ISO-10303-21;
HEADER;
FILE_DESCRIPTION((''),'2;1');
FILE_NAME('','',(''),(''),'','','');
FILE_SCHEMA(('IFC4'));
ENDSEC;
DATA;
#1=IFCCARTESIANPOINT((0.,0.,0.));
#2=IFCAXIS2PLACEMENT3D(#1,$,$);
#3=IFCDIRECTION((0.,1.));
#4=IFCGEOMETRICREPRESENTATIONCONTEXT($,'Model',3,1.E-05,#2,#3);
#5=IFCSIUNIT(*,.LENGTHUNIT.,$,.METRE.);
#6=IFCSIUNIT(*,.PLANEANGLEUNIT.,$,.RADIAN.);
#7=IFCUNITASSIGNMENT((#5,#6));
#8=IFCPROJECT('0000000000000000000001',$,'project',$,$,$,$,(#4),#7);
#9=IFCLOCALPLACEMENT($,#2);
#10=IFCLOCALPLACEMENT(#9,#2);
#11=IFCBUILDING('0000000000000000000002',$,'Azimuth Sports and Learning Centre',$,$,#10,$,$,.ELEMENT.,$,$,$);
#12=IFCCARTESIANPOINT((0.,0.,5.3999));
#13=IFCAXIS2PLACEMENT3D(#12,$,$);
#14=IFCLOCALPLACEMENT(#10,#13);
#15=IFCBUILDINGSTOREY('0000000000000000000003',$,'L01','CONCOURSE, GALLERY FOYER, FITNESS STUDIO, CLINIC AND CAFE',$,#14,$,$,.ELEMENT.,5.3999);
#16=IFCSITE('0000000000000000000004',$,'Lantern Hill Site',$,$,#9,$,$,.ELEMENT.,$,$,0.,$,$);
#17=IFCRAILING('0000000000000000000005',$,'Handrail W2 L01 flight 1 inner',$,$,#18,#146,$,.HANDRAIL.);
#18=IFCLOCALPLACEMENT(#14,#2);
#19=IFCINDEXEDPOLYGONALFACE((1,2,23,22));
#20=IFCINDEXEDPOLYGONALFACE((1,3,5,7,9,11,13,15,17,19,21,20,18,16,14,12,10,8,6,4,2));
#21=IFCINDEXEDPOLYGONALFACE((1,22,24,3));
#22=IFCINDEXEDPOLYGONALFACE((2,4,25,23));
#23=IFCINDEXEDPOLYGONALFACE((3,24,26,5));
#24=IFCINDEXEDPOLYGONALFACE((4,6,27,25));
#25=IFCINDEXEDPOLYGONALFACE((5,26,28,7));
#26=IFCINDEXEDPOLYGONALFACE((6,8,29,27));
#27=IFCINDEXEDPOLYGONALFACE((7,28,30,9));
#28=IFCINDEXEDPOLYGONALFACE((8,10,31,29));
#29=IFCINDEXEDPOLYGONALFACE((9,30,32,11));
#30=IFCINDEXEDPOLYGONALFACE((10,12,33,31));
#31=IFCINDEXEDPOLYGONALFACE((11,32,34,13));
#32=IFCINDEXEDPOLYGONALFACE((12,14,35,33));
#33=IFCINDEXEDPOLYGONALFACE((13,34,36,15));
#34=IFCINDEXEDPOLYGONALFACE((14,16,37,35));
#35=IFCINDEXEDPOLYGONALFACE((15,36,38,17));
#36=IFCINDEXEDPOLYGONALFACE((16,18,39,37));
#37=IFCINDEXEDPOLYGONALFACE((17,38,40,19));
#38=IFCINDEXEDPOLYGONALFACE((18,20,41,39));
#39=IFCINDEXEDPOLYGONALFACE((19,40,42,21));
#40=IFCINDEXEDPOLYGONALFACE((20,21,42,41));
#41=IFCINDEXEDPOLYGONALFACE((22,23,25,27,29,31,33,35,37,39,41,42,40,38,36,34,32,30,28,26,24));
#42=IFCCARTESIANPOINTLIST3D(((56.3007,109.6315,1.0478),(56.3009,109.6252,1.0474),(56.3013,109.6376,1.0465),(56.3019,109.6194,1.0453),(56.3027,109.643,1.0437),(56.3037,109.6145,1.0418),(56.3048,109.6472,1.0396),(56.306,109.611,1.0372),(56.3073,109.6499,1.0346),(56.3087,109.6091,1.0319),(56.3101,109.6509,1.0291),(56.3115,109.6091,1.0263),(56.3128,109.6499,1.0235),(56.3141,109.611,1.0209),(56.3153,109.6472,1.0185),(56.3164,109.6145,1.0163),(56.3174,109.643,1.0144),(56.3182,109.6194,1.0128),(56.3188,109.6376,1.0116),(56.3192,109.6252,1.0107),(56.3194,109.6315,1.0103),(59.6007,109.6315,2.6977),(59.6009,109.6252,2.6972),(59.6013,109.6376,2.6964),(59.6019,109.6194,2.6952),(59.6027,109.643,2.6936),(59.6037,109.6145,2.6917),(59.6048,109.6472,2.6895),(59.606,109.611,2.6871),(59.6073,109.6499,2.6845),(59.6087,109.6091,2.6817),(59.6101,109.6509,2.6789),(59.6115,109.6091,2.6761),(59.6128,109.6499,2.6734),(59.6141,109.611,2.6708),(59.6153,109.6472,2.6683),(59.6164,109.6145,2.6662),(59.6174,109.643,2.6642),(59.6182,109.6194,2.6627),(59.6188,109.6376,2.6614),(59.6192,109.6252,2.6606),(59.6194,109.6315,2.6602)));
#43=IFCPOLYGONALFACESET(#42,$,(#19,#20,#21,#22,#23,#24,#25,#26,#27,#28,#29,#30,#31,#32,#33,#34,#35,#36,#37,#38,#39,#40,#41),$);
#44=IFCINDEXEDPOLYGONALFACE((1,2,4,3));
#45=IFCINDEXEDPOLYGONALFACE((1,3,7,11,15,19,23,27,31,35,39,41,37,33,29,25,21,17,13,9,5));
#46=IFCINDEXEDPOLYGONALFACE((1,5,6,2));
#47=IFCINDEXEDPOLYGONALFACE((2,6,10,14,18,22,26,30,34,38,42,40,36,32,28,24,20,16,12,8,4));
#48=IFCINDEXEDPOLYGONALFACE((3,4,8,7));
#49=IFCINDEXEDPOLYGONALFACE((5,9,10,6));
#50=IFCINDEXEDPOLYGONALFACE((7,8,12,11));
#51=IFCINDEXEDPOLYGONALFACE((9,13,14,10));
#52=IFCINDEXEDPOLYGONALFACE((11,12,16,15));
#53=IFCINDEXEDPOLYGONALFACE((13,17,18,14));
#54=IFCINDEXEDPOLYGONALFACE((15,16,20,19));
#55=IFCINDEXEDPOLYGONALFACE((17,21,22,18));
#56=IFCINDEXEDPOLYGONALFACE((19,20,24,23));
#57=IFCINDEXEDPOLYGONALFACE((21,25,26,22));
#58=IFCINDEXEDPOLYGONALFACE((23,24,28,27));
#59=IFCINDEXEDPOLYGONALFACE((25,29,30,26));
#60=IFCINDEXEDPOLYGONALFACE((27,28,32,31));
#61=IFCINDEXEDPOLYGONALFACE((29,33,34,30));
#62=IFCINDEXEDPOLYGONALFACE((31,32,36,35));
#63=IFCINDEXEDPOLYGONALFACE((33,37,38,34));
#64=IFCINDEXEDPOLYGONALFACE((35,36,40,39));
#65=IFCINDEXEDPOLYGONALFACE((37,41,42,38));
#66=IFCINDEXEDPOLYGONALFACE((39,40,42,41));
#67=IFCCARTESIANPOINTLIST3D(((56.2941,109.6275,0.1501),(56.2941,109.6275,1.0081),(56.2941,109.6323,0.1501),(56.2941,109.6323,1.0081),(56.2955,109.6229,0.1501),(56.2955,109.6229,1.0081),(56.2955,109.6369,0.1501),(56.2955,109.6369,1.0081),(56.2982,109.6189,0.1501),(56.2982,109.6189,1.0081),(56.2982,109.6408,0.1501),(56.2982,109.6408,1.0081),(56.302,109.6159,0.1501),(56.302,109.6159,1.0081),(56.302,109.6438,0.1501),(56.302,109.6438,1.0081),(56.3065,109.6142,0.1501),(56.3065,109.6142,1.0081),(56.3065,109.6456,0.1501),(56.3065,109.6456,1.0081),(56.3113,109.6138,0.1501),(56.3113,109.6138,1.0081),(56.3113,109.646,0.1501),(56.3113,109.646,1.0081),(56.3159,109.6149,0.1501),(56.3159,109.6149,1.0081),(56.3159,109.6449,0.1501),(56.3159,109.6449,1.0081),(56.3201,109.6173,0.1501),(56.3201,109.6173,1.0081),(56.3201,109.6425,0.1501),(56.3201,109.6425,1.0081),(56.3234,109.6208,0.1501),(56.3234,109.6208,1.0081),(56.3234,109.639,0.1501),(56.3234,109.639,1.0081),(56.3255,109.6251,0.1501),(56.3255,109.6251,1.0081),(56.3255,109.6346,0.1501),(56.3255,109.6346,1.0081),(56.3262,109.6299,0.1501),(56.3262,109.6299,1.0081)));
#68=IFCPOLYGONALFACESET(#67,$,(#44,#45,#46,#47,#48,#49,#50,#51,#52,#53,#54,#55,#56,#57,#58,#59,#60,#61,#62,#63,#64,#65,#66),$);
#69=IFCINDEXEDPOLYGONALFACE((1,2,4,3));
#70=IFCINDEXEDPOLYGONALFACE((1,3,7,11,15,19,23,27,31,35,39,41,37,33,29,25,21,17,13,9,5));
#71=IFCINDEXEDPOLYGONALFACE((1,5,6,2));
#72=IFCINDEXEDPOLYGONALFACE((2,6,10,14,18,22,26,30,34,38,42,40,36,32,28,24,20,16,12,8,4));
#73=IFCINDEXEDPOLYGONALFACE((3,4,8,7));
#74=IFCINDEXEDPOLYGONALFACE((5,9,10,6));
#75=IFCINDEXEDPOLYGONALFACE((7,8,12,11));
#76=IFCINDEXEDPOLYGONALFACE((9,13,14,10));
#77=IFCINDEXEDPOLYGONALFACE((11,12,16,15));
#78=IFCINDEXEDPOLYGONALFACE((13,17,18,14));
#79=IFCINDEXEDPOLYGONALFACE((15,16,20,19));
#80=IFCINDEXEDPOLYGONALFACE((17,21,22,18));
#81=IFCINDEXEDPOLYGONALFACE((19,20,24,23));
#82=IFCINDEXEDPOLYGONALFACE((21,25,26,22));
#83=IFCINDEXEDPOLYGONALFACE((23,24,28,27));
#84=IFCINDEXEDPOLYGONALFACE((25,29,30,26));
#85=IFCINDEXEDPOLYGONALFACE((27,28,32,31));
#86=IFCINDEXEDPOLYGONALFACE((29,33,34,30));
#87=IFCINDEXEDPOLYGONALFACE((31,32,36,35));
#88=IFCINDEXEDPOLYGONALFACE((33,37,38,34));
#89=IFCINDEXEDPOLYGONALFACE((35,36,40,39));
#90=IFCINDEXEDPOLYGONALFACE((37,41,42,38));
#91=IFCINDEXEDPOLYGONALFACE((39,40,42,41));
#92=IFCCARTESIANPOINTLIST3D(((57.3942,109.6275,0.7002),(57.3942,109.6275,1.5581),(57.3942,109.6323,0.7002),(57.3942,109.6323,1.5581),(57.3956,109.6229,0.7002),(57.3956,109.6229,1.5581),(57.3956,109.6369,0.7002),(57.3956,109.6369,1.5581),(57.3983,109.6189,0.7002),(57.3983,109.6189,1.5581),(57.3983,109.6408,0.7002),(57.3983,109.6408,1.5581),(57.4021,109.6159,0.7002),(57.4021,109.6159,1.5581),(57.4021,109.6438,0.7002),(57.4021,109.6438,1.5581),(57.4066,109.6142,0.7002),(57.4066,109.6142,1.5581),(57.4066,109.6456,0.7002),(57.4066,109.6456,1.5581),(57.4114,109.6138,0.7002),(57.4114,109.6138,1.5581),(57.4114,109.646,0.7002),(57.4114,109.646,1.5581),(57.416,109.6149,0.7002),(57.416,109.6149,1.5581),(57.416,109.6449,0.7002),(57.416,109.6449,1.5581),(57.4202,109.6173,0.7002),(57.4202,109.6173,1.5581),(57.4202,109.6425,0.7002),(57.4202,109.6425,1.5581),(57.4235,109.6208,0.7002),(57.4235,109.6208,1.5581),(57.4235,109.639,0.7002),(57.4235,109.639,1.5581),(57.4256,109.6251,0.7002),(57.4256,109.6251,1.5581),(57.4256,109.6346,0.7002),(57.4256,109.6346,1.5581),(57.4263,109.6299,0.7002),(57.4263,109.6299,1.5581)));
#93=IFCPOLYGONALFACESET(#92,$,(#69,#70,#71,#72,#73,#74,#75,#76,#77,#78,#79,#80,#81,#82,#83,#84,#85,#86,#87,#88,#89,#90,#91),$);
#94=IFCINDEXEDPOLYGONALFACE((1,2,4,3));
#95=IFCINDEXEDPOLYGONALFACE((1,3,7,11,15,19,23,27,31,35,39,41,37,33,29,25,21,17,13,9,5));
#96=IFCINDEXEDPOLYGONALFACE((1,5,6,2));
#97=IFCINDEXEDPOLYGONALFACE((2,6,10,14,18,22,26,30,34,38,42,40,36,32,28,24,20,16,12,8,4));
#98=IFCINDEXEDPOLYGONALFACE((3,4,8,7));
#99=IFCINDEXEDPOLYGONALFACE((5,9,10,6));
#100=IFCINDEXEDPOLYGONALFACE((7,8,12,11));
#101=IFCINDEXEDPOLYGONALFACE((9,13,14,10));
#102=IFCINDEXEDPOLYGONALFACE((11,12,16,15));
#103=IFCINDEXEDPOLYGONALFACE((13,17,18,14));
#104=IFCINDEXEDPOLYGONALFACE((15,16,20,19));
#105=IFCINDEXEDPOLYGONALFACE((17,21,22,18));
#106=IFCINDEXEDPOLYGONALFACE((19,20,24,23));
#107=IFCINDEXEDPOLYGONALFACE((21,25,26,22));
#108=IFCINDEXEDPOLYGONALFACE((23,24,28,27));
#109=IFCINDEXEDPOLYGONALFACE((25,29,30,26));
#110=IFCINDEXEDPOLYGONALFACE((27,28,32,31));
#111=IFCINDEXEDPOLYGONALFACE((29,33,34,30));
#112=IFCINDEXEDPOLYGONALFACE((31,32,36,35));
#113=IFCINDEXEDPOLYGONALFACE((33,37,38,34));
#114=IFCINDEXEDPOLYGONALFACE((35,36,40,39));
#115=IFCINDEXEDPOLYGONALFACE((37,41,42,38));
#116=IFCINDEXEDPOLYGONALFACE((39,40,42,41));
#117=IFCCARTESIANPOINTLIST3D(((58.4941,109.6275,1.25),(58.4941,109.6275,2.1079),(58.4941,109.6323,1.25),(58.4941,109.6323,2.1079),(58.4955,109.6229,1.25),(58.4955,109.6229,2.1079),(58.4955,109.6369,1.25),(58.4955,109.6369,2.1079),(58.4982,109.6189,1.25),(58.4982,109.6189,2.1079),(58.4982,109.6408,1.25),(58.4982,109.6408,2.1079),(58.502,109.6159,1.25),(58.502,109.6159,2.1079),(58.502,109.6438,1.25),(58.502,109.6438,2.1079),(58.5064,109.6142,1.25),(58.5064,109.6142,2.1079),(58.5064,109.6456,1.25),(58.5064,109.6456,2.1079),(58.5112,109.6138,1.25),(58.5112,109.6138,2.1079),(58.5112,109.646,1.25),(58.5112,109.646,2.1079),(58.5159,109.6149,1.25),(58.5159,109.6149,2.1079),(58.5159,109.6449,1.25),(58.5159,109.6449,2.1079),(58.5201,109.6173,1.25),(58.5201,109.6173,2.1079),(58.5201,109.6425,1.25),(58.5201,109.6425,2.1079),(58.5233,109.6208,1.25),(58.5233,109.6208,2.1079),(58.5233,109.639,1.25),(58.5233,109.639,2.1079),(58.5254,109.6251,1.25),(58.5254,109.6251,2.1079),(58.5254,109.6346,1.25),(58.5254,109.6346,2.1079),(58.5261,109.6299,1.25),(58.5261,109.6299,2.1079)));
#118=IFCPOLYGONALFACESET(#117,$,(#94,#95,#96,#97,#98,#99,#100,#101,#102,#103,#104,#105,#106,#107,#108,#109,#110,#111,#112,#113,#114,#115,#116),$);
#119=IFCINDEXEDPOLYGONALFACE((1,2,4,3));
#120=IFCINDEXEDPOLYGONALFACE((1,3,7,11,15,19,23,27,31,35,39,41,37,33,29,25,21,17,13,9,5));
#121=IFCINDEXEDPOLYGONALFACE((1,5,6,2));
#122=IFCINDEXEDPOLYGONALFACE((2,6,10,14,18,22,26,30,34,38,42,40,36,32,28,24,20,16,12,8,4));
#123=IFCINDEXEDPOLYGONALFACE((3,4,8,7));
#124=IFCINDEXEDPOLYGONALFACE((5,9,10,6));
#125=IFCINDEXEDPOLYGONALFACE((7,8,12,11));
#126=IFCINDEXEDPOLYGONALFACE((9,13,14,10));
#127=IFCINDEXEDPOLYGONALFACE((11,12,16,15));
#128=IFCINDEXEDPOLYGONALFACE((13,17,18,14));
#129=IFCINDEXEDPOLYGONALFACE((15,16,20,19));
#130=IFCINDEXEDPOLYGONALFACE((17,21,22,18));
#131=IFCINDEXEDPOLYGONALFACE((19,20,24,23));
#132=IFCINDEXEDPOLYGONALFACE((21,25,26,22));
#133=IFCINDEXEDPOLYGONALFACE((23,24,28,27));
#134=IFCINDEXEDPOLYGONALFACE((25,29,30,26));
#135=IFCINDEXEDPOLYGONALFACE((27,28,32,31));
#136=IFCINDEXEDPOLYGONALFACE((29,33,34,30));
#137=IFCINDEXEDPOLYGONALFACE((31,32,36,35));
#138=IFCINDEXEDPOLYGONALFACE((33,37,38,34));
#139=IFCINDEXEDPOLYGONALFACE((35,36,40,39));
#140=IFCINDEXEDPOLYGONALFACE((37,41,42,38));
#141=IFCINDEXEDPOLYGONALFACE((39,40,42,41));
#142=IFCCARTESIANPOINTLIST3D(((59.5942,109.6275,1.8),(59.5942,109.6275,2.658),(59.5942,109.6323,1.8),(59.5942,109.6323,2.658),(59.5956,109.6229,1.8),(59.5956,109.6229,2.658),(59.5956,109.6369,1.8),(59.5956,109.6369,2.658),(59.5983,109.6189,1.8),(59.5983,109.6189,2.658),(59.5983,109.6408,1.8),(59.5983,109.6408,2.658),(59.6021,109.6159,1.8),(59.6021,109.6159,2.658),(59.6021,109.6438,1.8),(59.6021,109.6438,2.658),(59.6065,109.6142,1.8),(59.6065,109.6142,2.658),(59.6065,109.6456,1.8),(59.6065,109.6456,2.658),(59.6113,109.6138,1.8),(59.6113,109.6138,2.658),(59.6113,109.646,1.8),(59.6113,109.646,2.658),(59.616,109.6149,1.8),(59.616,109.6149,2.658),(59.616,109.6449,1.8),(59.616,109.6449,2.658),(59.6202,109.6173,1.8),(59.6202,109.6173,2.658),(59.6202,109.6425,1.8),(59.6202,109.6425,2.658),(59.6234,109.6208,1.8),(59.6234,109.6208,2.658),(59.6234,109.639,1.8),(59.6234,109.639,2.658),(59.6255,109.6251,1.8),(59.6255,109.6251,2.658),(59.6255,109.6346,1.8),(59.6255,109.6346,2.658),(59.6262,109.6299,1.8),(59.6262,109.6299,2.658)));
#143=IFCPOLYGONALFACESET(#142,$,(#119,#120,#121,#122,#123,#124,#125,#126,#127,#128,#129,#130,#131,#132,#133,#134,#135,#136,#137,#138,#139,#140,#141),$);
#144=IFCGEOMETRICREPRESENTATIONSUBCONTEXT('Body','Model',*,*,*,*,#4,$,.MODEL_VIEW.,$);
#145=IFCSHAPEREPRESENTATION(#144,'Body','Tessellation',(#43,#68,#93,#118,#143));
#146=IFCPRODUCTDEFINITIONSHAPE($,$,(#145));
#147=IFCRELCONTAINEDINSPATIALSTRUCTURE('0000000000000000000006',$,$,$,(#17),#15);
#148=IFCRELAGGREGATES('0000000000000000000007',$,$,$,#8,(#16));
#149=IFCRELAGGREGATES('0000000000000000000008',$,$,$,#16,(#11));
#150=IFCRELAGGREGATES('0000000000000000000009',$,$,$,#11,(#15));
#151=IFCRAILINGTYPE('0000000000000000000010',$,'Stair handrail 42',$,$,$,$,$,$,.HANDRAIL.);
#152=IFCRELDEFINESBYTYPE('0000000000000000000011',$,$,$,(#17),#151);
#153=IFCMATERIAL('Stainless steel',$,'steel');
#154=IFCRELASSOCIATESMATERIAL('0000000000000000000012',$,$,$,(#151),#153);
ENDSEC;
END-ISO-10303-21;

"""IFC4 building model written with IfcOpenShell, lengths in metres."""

from ifc_helpers import new_model, si_unit, direction, frame, origin, origin_2d, place, context, subcontext, project, spatial, circle, extrude, material, type_object, element, save


model = new_model("IFC4")

# Units and contexts
model_context = context("Model", 3, precision=1e-05, world=origin(), true_north=direction((0.0, 1.0)))
body_context = subcontext(model_context, "Body", "Model", "MODEL_VIEW")
ifc_project = project(units=[si_unit("LENGTHUNIT", "METRE"), si_unit("PLANEANGLEUNIT", "RADIAN")], contexts=[model_context])

# Site, building, storey
site_placement = place(None, origin())
site = spatial("IfcSite", under=ifc_project, at=site_placement, Name="Lantern Hill Site", CompositionType="ELEMENT", RefElevation=0.0)
building_placement = place(site_placement, origin())
building = spatial("IfcBuilding", under=site, at=building_placement, Name="Azimuth Sports and Learning Centre", CompositionType="ELEMENT")
storey_placement = place(building_placement, frame((0.0, 0.0, 5.3999)))
storey = spatial("IfcBuildingStorey", under=building, at=storey_placement, Name="L01", Description="CONCOURSE, GALLERY FOYER, FITNESS STUDIO, CLINIC AND CAFE", CompositionType="ELEMENT", Elevation=5.3999)

# Railing
ifc_material_1 = material(Name="Stainless steel", Category="steel")
railing_type_1 = type_object("IfcRailingType", Name="Stair handrail 42", PredefinedType="HANDRAIL", material=ifc_material_1)
for number, where, name in (
    (1, (56.3101, 109.6299, 0.1501), "Handrail W2 L01 flight 1 inner"),
):
    element("IfcRailing", number, at=place(storey_placement, frame(where)), inside=storey, type_object=railing_type_1, Name=name, PredefinedType="HANDRAIL", context=body_context, shape_type="SweptSolid", body=[
        extrude(circle(Radius=0.021, at=origin_2d()), frame((0.0, 0.0, 0.8789), z_axis=(0.89444, 0.0, 0.447187), x_axis=(0.0, 1.0, 0.0)), (0.0, 0.0, 1.0), 3.6895),
        extrude(circle(Radius=0.0161, at=origin_2d()), origin(), (0.0, 0.0, 1.0), 0.8579),
        extrude(circle(Radius=0.0161, at=origin_2d()), frame((1.1001, 0.0, 0.55)), (0.0, 0.0, 1.0), 0.8579),
        extrude(circle(Radius=0.0161, at=origin_2d()), frame((2.2, 0.0, 1.0999)), (0.0, 0.0, 1.0), 0.8579),
        extrude(circle(Radius=0.0161, at=origin_2d()), frame((3.3, 0.0, 1.6499)), (0.0, 0.0, 1.0), 0.8579),
    ])

save(model, "model.ifc")
